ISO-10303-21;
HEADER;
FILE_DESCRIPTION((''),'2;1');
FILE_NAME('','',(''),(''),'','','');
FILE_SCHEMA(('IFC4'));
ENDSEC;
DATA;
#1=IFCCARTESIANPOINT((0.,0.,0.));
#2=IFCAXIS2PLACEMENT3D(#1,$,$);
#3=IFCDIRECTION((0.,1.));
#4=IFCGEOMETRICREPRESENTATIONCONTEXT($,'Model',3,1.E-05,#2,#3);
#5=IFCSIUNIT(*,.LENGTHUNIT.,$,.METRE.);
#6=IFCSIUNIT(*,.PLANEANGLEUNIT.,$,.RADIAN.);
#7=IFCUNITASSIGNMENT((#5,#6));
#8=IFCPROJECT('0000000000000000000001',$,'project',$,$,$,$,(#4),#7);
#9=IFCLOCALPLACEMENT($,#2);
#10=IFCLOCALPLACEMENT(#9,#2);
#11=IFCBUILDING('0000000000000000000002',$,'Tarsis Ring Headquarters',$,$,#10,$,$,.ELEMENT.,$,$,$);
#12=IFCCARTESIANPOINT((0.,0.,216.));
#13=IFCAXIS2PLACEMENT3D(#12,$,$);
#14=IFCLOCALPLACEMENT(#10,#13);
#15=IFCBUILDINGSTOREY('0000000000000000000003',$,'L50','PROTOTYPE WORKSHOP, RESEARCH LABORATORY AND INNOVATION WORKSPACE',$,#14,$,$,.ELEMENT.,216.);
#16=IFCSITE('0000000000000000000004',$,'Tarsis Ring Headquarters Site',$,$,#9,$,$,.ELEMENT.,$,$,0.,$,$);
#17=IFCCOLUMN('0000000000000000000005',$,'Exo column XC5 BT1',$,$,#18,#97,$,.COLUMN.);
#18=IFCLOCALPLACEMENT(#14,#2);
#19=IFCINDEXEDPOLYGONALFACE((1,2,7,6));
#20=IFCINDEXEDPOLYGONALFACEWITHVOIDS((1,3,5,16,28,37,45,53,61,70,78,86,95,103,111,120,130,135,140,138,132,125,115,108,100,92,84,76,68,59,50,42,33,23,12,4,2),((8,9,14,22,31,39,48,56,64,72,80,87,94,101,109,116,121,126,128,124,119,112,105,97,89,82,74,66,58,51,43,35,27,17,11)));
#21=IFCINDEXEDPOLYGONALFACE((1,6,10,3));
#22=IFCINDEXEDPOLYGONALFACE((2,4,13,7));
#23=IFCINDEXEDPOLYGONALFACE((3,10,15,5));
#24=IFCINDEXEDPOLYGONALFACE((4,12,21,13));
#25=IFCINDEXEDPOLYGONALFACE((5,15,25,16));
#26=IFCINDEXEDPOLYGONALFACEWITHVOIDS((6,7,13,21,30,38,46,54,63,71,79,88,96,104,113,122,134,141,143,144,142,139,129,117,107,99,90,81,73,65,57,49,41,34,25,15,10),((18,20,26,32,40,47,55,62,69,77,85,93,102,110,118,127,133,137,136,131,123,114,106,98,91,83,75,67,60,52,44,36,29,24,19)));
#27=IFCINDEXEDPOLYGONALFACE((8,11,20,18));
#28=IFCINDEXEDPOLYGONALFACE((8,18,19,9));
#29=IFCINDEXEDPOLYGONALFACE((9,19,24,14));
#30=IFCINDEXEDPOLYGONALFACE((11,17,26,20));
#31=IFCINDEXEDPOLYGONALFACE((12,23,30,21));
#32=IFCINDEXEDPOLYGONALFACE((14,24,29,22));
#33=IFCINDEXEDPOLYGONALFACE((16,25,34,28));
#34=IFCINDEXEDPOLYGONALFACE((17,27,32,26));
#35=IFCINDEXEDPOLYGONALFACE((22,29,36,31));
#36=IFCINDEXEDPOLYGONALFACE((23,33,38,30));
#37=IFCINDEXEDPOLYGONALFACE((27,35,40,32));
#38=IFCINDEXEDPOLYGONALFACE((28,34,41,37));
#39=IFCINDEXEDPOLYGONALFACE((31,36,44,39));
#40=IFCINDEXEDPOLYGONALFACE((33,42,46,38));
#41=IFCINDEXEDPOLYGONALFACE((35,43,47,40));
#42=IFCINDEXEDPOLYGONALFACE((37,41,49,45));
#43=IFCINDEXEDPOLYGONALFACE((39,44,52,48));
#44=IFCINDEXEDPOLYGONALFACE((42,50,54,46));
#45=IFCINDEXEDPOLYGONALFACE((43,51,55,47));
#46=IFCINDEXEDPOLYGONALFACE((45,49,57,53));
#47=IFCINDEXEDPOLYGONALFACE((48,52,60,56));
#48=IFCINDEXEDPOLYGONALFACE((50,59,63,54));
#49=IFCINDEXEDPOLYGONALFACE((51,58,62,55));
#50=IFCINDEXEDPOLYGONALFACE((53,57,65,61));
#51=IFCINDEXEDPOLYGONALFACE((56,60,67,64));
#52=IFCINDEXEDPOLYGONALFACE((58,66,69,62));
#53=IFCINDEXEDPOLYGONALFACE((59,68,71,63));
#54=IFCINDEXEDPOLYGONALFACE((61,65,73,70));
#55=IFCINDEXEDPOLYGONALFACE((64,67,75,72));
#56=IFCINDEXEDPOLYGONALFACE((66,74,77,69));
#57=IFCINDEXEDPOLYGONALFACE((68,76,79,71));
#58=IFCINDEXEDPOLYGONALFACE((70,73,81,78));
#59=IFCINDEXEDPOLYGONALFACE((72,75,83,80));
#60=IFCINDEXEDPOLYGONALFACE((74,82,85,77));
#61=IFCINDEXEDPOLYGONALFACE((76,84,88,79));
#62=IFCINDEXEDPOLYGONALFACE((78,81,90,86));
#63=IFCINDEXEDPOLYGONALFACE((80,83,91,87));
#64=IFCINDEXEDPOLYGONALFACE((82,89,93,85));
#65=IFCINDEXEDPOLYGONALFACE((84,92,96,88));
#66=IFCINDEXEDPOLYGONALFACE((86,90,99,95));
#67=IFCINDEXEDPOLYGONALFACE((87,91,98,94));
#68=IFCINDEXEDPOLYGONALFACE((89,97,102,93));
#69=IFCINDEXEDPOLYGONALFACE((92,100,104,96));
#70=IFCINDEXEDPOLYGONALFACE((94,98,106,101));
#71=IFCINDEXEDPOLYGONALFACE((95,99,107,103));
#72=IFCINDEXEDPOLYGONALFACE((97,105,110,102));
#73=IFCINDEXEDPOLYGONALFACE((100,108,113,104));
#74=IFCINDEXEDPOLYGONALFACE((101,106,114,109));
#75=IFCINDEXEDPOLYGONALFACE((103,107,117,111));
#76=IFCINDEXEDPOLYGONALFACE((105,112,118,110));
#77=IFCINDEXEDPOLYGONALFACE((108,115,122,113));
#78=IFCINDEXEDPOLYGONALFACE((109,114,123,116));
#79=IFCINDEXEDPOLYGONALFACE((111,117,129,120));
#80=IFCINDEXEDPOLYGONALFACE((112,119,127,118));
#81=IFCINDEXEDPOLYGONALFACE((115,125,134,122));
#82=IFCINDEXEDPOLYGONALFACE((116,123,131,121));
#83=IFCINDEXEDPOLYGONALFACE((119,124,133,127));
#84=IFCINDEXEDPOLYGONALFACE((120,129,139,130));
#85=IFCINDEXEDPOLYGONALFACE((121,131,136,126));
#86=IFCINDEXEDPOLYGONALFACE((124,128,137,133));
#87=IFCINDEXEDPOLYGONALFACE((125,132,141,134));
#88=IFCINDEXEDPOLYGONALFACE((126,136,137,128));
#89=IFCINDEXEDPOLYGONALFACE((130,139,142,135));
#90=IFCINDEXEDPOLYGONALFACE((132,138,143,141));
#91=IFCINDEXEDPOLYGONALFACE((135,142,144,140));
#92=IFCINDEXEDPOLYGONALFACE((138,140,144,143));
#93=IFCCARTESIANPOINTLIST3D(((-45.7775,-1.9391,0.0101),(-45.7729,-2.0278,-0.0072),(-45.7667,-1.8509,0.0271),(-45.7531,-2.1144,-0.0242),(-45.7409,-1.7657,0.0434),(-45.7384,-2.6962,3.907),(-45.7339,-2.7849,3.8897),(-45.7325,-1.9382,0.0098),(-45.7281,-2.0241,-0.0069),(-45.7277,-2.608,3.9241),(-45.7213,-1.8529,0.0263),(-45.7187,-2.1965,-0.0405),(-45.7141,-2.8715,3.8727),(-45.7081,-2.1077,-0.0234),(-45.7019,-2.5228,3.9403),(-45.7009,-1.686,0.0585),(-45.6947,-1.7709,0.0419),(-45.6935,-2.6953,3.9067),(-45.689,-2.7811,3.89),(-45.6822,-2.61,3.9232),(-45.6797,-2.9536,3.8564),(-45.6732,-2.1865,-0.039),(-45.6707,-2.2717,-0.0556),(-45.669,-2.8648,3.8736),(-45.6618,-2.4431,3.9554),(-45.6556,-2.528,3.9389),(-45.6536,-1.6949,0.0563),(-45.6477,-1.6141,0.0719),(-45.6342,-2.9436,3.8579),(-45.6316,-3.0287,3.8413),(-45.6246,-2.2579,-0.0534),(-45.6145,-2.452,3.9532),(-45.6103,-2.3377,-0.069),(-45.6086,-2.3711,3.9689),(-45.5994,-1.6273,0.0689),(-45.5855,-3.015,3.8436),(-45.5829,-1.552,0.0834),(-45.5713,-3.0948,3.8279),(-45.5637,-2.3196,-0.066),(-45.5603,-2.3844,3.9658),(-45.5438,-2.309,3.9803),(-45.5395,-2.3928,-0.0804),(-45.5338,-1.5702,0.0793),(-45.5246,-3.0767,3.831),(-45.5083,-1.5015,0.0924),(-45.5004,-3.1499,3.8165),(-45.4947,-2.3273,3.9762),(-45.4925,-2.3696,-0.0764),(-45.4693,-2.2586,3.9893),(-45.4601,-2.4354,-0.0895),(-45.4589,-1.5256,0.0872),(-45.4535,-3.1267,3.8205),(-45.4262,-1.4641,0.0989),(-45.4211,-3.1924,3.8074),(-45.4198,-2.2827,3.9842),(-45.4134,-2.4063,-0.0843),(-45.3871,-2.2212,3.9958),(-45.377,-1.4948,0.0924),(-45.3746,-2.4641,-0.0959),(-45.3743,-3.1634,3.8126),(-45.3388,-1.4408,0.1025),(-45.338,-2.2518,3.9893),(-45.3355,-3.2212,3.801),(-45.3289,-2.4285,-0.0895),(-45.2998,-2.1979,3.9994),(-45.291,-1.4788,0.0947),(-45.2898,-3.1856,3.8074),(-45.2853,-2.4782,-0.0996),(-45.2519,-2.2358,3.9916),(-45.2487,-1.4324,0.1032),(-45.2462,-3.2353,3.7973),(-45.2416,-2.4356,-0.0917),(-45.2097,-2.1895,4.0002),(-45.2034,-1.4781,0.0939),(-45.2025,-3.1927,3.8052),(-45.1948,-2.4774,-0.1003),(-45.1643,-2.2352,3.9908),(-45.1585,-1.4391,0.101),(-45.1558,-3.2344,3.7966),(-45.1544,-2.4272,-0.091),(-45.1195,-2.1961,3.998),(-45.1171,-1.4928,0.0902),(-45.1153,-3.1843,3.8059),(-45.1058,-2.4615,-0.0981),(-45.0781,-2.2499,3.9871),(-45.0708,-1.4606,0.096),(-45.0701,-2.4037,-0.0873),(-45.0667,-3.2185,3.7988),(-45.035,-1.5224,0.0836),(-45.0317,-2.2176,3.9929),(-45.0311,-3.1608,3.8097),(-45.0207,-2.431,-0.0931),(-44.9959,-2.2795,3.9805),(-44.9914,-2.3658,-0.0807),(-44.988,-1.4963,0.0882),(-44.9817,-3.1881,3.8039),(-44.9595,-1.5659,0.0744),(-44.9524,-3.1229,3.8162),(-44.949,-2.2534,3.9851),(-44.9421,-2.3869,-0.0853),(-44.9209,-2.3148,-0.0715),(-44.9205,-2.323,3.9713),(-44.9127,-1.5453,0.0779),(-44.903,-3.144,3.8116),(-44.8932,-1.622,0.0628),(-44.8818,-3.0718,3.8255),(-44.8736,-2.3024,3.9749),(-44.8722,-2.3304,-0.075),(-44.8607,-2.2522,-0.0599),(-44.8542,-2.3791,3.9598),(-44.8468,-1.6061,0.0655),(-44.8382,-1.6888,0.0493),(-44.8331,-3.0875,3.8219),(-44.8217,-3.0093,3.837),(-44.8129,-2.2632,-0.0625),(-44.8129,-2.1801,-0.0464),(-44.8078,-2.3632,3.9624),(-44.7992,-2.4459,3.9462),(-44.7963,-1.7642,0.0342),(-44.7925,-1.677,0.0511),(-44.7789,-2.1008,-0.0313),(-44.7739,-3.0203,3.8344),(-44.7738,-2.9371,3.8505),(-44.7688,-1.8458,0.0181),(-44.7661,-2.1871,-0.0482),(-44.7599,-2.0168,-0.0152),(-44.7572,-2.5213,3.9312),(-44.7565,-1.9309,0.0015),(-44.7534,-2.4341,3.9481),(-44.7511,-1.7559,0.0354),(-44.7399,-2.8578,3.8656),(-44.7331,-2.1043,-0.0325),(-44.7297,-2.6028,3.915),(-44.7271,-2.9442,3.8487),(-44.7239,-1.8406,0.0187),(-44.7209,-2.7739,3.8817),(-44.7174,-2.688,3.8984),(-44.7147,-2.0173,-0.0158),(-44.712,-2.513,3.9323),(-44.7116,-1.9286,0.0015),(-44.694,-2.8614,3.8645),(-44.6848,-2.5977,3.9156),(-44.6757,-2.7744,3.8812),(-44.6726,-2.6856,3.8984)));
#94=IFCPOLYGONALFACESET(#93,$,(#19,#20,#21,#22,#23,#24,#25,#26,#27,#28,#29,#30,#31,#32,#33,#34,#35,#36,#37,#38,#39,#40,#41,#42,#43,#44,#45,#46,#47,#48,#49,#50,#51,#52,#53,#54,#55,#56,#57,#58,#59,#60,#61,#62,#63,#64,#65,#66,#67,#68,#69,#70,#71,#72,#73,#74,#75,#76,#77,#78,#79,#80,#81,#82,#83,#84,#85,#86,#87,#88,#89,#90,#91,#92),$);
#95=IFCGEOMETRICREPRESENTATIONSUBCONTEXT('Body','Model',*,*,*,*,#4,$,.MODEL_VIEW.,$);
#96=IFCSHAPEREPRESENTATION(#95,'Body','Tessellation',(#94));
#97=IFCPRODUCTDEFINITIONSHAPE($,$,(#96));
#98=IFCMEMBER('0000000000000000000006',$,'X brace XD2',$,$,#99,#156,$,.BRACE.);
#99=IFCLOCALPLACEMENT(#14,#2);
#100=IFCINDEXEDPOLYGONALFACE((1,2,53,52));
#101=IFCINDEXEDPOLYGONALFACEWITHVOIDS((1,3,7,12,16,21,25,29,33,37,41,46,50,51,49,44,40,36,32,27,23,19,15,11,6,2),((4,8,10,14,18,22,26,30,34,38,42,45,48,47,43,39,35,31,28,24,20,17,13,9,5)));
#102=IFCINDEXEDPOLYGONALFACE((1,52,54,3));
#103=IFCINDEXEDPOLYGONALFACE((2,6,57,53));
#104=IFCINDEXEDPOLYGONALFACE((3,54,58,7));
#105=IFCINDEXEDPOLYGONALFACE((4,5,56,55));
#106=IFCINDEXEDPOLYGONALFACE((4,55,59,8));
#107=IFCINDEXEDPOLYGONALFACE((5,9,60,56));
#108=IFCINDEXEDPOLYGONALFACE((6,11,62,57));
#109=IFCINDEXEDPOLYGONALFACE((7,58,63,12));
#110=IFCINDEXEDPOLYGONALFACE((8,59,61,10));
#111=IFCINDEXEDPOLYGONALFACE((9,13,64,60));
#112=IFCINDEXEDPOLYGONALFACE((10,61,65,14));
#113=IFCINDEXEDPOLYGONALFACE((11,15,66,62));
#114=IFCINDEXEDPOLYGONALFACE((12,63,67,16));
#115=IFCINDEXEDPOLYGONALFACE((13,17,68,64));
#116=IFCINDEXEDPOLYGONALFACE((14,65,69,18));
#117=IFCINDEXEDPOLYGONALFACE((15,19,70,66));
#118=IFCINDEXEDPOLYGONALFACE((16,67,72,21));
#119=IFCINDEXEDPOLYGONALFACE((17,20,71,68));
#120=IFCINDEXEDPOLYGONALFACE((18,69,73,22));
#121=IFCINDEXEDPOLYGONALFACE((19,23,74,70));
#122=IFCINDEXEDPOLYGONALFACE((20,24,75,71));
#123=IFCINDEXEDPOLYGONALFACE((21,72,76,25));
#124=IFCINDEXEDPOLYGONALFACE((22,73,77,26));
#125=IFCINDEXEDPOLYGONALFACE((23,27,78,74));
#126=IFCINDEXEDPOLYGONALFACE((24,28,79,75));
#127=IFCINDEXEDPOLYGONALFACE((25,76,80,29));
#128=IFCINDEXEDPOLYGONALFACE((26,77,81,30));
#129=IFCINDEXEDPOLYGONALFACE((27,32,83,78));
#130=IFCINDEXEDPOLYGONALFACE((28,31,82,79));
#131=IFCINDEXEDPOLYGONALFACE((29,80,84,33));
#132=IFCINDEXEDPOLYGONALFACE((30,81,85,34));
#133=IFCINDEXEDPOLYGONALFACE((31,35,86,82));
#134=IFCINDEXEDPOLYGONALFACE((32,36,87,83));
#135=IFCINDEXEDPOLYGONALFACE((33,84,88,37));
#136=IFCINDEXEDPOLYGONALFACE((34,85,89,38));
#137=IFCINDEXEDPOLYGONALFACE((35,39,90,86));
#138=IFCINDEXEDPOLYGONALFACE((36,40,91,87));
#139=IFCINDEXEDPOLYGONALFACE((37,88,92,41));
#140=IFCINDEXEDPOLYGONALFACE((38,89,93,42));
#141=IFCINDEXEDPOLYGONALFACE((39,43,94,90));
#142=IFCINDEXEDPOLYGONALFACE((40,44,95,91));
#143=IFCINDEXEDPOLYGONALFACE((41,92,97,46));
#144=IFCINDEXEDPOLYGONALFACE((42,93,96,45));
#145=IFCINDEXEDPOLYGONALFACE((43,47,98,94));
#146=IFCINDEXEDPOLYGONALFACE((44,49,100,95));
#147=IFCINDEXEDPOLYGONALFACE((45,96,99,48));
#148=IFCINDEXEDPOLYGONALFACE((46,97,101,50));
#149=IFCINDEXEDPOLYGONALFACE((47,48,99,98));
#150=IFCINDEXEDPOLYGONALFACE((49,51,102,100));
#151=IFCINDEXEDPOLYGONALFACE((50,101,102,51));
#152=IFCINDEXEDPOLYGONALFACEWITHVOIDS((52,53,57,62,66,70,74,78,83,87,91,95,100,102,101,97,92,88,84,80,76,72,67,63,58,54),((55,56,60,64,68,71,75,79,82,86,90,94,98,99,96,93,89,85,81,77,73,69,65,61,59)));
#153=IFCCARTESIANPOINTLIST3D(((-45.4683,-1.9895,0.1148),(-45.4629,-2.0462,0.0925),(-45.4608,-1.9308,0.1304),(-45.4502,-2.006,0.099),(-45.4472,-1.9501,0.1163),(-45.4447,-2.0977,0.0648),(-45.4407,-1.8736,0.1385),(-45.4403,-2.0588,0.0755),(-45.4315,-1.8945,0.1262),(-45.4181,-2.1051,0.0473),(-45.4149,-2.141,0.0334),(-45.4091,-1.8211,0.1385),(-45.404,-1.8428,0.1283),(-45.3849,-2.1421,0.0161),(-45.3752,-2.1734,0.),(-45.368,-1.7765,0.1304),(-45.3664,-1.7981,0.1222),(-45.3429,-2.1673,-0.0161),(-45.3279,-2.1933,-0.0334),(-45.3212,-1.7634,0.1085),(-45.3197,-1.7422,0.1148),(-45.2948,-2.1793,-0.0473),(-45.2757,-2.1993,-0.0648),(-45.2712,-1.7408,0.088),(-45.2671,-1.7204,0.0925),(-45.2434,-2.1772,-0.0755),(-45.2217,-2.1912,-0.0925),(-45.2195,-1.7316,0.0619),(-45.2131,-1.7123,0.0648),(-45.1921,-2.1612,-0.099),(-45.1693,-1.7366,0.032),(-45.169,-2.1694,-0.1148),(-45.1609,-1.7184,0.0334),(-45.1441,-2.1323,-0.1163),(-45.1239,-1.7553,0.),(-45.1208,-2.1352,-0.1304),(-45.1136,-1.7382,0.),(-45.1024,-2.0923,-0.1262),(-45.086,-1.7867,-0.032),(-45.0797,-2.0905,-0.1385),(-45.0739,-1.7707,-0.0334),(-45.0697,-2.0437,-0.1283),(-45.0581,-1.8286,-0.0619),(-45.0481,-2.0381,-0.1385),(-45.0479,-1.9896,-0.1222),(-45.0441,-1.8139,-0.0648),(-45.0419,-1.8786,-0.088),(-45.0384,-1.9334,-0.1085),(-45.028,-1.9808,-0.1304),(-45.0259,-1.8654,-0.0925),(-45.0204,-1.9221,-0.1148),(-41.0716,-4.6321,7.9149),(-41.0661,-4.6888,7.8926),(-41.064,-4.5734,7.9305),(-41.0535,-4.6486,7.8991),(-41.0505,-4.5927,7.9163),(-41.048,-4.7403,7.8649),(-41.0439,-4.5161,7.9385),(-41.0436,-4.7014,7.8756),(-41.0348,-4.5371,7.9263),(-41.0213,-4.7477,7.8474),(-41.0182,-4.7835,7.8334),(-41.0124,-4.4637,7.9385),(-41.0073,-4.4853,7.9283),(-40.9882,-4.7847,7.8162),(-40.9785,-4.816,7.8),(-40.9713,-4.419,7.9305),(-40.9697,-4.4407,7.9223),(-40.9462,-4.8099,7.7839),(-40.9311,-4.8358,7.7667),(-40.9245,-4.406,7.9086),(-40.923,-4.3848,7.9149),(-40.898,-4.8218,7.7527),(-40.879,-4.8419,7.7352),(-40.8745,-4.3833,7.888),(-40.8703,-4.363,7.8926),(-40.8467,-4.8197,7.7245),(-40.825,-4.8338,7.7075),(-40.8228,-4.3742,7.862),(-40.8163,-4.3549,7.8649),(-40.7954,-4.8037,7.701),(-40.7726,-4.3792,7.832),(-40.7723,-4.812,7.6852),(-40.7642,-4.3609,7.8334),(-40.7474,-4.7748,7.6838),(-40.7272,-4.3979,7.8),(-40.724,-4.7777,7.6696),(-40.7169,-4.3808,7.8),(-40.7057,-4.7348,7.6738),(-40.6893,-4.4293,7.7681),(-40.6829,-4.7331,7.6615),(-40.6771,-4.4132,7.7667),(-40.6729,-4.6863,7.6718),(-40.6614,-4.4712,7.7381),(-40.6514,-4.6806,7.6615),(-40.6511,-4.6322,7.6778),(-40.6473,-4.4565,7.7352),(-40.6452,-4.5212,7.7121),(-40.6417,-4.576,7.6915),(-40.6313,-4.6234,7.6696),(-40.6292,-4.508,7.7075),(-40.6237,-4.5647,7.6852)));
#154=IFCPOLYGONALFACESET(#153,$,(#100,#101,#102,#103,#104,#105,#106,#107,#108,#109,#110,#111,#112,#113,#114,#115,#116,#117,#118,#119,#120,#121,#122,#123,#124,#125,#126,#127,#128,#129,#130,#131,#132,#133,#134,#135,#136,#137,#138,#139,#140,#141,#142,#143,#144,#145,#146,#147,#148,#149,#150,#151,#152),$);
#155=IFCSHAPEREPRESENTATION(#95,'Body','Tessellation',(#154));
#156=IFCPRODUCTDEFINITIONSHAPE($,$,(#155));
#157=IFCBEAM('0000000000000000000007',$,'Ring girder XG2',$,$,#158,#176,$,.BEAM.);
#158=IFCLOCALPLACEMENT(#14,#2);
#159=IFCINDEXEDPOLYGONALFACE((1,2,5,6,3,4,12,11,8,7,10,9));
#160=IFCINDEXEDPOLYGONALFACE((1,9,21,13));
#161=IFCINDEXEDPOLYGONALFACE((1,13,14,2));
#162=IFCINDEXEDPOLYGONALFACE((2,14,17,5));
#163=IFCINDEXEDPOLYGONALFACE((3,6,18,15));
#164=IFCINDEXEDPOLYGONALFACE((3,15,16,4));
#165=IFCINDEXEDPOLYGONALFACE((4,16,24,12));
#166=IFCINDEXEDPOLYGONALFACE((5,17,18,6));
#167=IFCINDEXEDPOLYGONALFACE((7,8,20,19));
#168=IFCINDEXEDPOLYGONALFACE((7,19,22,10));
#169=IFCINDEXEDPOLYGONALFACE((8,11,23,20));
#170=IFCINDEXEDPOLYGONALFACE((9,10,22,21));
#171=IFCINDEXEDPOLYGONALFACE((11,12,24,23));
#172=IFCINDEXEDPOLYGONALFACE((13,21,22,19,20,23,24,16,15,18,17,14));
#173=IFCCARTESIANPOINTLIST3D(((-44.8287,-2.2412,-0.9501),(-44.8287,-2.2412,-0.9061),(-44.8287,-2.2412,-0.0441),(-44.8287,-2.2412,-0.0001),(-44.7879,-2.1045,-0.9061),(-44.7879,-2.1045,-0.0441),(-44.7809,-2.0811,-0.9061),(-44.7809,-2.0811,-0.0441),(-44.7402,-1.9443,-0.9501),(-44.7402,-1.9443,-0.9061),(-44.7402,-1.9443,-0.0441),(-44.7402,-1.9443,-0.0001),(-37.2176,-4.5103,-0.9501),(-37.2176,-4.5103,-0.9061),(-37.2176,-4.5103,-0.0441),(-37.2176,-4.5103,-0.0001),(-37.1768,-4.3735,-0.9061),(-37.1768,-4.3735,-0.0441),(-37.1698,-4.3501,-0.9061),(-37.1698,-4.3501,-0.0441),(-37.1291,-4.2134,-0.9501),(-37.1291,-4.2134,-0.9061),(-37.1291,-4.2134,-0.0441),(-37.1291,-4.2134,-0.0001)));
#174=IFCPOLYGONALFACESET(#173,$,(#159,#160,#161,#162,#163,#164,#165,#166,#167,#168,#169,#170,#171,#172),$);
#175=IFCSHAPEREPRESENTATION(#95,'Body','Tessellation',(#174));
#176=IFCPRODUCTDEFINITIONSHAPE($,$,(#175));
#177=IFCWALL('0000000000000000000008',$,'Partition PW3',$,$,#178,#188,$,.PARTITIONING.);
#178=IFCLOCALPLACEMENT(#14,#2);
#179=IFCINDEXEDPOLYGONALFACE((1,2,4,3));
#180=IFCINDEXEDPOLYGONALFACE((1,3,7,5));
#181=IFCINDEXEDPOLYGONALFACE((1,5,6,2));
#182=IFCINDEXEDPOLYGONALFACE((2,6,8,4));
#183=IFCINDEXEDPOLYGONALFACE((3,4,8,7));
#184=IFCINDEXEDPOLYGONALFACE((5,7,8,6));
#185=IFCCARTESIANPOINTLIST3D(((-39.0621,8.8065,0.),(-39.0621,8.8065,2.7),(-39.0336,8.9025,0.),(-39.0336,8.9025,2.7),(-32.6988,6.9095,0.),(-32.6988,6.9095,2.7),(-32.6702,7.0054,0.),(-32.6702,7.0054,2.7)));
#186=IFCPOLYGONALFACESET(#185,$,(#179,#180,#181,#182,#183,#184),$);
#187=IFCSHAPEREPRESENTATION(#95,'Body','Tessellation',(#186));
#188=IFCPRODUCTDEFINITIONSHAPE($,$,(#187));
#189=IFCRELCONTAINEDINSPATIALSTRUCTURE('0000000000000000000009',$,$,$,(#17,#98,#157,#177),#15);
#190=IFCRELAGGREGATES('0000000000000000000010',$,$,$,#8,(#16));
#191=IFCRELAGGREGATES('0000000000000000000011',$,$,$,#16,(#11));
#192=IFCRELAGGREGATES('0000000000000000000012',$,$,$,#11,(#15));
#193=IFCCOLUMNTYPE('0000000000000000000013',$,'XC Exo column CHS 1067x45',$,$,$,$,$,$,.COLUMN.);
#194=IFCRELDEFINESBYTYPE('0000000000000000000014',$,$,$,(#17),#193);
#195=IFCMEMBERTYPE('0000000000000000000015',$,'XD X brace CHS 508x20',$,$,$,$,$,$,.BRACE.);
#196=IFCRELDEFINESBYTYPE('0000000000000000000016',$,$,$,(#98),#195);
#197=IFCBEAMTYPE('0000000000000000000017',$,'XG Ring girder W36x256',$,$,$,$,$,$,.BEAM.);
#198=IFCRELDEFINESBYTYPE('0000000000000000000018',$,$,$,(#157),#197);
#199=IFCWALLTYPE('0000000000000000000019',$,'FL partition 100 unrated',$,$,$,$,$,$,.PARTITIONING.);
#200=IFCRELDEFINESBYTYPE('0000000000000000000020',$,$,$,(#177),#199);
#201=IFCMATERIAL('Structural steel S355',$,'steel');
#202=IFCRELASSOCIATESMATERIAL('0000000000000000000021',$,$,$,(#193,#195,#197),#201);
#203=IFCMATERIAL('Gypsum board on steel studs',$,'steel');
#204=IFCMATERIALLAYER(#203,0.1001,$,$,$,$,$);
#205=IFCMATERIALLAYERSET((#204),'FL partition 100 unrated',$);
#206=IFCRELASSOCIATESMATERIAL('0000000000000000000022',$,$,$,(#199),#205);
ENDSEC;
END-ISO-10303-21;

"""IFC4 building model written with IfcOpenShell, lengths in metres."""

from ifc_helpers import new_model, si_unit, direction, frame, frame_2d, origin, origin_2d, place, context, subcontext, project, spatial, rectangle, hollow_circle, i_section, extrude, material, layer, layer_set, material_profile, profile_set, type_object, element, save


model = new_model("IFC4")

# Units and contexts
model_context = context("Model", 3, precision=1e-05, world=origin(), true_north=direction((0.0, 1.0)))
body_context = subcontext(model_context, "Body", "Model", "MODEL_VIEW")
ifc_project = project(units=[si_unit("LENGTHUNIT", "METRE"), si_unit("PLANEANGLEUNIT", "RADIAN")], contexts=[model_context])

# Site, building, storey
site_placement = place(None, origin())
site = spatial("IfcSite", under=ifc_project, at=site_placement, Name="Tarsis Ring Headquarters Site", CompositionType="ELEMENT", RefElevation=0.0)
building_placement = place(site_placement, origin())
building = spatial("IfcBuilding", under=site, at=building_placement, Name="Tarsis Ring Headquarters", CompositionType="ELEMENT")
storey_placement = place(building_placement, frame((0.0, 0.0, 216.0)))
storey = spatial("IfcBuildingStorey", under=building, at=storey_placement, Name="L50", Description="PROTOTYPE WORKSHOP, RESEARCH LABORATORY AND INNOVATION WORKSPACE", CompositionType="ELEMENT", Elevation=216.0)

# Column
ifc_material_1 = material(Name="Structural steel S355", Category="steel")
ifc_material_profile_1 = material_profile(ifc_material_1, hollow_circle(Radius=0.5334, WallThickness=0.0449, at=origin_2d()), Name="CHS 1067x45")
ifc_profile_set_1 = profile_set([ifc_material_profile_1], Name="Structural steel S355")
column_type = type_object("IfcColumnType", Name="XC Exo column CHS 1067x45", PredefinedType="COLUMN", material=ifc_profile_set_1)
column_placement = place(storey_placement, frame((-45.2444, -1.9561, 0.0015), z_axis=(0.009839, -0.190699, 0.981599), x_axis=(0.998672, 0.051528, 0.0)))
element("IfcColumn", 1, at=column_placement, inside=storey, type_object=column_type, Name="Exo column XC5 BT1", PredefinedType="COLUMN", context=body_context, shape_type="SweptSolid", body=[
    extrude(hollow_circle(Radius=0.5334, WallThickness=0.0449, at=origin_2d()), origin(), (0.0, 0.0, 1.0), 3.97),
])

# Member
ifc_material_profile_2 = material_profile(ifc_material_1, hollow_circle(Radius=0.2539, WallThickness=0.02, at=origin_2d()), Name="CHS 508x20")
ifc_profile_set_2 = profile_set([ifc_material_profile_2], Name="Structural steel S355")
member_type = type_object("IfcMemberType", Name="XD X brace CHS 508x20", PredefinedType="BRACE", material=ifc_profile_set_2)
member_placement = place(storey_placement, frame((-45.2444, -1.9558, 0.0), z_axis=(0.470959, -0.283062, 0.835508), x_axis=(0.515147, 0.857102, 0.0)))
element("IfcMember", 2, at=member_placement, inside=storey, type_object=member_type, Name="X brace XD2", PredefinedType="BRACE", context=body_context, shape_type="SweptSolid", body=[
    extrude(hollow_circle(Radius=0.2539, WallThickness=0.02, at=origin_2d()), origin(), (0.0, 0.0, 1.0), 9.3357),
])

# Beam
ifc_material_profile_3 = material_profile(ifc_material_1, i_section(OverallWidth=0.3098, OverallDepth=0.95, WebThickness=0.0244, FlangeThickness=0.0439, at=origin_2d()), Name="W36x256")
ifc_profile_set_3 = profile_set([ifc_material_profile_3], Name="Structural steel S355")
beam_type = type_object("IfcBeamType", Name="XG Ring girder W36x256", PredefinedType="BEAM", material=ifc_profile_set_3)
beam_placement = place(storey_placement, frame((-44.7844, -2.0928, -0.4751), z_axis=(0.95832, -0.285698, 0.0), x_axis=(0.285698, 0.95832, 0.0)))
element("IfcBeam", 3, at=beam_placement, inside=storey, type_object=beam_type, Name="Ring girder XG2", PredefinedType="BEAM", context=body_context, shape_type="SweptSolid", body=[
    extrude(i_section(OverallWidth=0.3098, OverallDepth=0.95, WebThickness=0.0244, FlangeThickness=0.0439, at=origin_2d()), origin(), (0.0, 0.0, 1.0), 7.9421),
])

# Wall
ifc_material_2 = material(Name="Gypsum board on steel studs", Category="steel")
ifc_layer_1 = layer(ifc_material_2, 0.1001)
ifc_layer_set_1 = layer_set([ifc_layer_1], Name="FL partition 100 unrated")
wall_type_1 = type_object("IfcWallType", Name="FL partition 100 unrated", PredefinedType="PARTITIONING", material=ifc_layer_set_1)
wall_1_placement = place(storey_placement, frame((-39.0479, 8.8545, 0.0), z_axis=(0.0, 0.0, 1.0), x_axis=(0.958323, -0.285688, 0.0)))
element("IfcWall", 4, at=wall_1_placement, inside=storey, type_object=wall_type_1, Name="Partition PW3", PredefinedType="PARTITIONING", context=body_context, shape_type="SweptSolid", body=[
    extrude(rectangle(XDim=6.6401, YDim=0.1001, at=frame_2d((3.3201, 0.0))), origin(), (0.0, 0.0, 1.0), 2.7),
])

save(model, "model.ifc")
